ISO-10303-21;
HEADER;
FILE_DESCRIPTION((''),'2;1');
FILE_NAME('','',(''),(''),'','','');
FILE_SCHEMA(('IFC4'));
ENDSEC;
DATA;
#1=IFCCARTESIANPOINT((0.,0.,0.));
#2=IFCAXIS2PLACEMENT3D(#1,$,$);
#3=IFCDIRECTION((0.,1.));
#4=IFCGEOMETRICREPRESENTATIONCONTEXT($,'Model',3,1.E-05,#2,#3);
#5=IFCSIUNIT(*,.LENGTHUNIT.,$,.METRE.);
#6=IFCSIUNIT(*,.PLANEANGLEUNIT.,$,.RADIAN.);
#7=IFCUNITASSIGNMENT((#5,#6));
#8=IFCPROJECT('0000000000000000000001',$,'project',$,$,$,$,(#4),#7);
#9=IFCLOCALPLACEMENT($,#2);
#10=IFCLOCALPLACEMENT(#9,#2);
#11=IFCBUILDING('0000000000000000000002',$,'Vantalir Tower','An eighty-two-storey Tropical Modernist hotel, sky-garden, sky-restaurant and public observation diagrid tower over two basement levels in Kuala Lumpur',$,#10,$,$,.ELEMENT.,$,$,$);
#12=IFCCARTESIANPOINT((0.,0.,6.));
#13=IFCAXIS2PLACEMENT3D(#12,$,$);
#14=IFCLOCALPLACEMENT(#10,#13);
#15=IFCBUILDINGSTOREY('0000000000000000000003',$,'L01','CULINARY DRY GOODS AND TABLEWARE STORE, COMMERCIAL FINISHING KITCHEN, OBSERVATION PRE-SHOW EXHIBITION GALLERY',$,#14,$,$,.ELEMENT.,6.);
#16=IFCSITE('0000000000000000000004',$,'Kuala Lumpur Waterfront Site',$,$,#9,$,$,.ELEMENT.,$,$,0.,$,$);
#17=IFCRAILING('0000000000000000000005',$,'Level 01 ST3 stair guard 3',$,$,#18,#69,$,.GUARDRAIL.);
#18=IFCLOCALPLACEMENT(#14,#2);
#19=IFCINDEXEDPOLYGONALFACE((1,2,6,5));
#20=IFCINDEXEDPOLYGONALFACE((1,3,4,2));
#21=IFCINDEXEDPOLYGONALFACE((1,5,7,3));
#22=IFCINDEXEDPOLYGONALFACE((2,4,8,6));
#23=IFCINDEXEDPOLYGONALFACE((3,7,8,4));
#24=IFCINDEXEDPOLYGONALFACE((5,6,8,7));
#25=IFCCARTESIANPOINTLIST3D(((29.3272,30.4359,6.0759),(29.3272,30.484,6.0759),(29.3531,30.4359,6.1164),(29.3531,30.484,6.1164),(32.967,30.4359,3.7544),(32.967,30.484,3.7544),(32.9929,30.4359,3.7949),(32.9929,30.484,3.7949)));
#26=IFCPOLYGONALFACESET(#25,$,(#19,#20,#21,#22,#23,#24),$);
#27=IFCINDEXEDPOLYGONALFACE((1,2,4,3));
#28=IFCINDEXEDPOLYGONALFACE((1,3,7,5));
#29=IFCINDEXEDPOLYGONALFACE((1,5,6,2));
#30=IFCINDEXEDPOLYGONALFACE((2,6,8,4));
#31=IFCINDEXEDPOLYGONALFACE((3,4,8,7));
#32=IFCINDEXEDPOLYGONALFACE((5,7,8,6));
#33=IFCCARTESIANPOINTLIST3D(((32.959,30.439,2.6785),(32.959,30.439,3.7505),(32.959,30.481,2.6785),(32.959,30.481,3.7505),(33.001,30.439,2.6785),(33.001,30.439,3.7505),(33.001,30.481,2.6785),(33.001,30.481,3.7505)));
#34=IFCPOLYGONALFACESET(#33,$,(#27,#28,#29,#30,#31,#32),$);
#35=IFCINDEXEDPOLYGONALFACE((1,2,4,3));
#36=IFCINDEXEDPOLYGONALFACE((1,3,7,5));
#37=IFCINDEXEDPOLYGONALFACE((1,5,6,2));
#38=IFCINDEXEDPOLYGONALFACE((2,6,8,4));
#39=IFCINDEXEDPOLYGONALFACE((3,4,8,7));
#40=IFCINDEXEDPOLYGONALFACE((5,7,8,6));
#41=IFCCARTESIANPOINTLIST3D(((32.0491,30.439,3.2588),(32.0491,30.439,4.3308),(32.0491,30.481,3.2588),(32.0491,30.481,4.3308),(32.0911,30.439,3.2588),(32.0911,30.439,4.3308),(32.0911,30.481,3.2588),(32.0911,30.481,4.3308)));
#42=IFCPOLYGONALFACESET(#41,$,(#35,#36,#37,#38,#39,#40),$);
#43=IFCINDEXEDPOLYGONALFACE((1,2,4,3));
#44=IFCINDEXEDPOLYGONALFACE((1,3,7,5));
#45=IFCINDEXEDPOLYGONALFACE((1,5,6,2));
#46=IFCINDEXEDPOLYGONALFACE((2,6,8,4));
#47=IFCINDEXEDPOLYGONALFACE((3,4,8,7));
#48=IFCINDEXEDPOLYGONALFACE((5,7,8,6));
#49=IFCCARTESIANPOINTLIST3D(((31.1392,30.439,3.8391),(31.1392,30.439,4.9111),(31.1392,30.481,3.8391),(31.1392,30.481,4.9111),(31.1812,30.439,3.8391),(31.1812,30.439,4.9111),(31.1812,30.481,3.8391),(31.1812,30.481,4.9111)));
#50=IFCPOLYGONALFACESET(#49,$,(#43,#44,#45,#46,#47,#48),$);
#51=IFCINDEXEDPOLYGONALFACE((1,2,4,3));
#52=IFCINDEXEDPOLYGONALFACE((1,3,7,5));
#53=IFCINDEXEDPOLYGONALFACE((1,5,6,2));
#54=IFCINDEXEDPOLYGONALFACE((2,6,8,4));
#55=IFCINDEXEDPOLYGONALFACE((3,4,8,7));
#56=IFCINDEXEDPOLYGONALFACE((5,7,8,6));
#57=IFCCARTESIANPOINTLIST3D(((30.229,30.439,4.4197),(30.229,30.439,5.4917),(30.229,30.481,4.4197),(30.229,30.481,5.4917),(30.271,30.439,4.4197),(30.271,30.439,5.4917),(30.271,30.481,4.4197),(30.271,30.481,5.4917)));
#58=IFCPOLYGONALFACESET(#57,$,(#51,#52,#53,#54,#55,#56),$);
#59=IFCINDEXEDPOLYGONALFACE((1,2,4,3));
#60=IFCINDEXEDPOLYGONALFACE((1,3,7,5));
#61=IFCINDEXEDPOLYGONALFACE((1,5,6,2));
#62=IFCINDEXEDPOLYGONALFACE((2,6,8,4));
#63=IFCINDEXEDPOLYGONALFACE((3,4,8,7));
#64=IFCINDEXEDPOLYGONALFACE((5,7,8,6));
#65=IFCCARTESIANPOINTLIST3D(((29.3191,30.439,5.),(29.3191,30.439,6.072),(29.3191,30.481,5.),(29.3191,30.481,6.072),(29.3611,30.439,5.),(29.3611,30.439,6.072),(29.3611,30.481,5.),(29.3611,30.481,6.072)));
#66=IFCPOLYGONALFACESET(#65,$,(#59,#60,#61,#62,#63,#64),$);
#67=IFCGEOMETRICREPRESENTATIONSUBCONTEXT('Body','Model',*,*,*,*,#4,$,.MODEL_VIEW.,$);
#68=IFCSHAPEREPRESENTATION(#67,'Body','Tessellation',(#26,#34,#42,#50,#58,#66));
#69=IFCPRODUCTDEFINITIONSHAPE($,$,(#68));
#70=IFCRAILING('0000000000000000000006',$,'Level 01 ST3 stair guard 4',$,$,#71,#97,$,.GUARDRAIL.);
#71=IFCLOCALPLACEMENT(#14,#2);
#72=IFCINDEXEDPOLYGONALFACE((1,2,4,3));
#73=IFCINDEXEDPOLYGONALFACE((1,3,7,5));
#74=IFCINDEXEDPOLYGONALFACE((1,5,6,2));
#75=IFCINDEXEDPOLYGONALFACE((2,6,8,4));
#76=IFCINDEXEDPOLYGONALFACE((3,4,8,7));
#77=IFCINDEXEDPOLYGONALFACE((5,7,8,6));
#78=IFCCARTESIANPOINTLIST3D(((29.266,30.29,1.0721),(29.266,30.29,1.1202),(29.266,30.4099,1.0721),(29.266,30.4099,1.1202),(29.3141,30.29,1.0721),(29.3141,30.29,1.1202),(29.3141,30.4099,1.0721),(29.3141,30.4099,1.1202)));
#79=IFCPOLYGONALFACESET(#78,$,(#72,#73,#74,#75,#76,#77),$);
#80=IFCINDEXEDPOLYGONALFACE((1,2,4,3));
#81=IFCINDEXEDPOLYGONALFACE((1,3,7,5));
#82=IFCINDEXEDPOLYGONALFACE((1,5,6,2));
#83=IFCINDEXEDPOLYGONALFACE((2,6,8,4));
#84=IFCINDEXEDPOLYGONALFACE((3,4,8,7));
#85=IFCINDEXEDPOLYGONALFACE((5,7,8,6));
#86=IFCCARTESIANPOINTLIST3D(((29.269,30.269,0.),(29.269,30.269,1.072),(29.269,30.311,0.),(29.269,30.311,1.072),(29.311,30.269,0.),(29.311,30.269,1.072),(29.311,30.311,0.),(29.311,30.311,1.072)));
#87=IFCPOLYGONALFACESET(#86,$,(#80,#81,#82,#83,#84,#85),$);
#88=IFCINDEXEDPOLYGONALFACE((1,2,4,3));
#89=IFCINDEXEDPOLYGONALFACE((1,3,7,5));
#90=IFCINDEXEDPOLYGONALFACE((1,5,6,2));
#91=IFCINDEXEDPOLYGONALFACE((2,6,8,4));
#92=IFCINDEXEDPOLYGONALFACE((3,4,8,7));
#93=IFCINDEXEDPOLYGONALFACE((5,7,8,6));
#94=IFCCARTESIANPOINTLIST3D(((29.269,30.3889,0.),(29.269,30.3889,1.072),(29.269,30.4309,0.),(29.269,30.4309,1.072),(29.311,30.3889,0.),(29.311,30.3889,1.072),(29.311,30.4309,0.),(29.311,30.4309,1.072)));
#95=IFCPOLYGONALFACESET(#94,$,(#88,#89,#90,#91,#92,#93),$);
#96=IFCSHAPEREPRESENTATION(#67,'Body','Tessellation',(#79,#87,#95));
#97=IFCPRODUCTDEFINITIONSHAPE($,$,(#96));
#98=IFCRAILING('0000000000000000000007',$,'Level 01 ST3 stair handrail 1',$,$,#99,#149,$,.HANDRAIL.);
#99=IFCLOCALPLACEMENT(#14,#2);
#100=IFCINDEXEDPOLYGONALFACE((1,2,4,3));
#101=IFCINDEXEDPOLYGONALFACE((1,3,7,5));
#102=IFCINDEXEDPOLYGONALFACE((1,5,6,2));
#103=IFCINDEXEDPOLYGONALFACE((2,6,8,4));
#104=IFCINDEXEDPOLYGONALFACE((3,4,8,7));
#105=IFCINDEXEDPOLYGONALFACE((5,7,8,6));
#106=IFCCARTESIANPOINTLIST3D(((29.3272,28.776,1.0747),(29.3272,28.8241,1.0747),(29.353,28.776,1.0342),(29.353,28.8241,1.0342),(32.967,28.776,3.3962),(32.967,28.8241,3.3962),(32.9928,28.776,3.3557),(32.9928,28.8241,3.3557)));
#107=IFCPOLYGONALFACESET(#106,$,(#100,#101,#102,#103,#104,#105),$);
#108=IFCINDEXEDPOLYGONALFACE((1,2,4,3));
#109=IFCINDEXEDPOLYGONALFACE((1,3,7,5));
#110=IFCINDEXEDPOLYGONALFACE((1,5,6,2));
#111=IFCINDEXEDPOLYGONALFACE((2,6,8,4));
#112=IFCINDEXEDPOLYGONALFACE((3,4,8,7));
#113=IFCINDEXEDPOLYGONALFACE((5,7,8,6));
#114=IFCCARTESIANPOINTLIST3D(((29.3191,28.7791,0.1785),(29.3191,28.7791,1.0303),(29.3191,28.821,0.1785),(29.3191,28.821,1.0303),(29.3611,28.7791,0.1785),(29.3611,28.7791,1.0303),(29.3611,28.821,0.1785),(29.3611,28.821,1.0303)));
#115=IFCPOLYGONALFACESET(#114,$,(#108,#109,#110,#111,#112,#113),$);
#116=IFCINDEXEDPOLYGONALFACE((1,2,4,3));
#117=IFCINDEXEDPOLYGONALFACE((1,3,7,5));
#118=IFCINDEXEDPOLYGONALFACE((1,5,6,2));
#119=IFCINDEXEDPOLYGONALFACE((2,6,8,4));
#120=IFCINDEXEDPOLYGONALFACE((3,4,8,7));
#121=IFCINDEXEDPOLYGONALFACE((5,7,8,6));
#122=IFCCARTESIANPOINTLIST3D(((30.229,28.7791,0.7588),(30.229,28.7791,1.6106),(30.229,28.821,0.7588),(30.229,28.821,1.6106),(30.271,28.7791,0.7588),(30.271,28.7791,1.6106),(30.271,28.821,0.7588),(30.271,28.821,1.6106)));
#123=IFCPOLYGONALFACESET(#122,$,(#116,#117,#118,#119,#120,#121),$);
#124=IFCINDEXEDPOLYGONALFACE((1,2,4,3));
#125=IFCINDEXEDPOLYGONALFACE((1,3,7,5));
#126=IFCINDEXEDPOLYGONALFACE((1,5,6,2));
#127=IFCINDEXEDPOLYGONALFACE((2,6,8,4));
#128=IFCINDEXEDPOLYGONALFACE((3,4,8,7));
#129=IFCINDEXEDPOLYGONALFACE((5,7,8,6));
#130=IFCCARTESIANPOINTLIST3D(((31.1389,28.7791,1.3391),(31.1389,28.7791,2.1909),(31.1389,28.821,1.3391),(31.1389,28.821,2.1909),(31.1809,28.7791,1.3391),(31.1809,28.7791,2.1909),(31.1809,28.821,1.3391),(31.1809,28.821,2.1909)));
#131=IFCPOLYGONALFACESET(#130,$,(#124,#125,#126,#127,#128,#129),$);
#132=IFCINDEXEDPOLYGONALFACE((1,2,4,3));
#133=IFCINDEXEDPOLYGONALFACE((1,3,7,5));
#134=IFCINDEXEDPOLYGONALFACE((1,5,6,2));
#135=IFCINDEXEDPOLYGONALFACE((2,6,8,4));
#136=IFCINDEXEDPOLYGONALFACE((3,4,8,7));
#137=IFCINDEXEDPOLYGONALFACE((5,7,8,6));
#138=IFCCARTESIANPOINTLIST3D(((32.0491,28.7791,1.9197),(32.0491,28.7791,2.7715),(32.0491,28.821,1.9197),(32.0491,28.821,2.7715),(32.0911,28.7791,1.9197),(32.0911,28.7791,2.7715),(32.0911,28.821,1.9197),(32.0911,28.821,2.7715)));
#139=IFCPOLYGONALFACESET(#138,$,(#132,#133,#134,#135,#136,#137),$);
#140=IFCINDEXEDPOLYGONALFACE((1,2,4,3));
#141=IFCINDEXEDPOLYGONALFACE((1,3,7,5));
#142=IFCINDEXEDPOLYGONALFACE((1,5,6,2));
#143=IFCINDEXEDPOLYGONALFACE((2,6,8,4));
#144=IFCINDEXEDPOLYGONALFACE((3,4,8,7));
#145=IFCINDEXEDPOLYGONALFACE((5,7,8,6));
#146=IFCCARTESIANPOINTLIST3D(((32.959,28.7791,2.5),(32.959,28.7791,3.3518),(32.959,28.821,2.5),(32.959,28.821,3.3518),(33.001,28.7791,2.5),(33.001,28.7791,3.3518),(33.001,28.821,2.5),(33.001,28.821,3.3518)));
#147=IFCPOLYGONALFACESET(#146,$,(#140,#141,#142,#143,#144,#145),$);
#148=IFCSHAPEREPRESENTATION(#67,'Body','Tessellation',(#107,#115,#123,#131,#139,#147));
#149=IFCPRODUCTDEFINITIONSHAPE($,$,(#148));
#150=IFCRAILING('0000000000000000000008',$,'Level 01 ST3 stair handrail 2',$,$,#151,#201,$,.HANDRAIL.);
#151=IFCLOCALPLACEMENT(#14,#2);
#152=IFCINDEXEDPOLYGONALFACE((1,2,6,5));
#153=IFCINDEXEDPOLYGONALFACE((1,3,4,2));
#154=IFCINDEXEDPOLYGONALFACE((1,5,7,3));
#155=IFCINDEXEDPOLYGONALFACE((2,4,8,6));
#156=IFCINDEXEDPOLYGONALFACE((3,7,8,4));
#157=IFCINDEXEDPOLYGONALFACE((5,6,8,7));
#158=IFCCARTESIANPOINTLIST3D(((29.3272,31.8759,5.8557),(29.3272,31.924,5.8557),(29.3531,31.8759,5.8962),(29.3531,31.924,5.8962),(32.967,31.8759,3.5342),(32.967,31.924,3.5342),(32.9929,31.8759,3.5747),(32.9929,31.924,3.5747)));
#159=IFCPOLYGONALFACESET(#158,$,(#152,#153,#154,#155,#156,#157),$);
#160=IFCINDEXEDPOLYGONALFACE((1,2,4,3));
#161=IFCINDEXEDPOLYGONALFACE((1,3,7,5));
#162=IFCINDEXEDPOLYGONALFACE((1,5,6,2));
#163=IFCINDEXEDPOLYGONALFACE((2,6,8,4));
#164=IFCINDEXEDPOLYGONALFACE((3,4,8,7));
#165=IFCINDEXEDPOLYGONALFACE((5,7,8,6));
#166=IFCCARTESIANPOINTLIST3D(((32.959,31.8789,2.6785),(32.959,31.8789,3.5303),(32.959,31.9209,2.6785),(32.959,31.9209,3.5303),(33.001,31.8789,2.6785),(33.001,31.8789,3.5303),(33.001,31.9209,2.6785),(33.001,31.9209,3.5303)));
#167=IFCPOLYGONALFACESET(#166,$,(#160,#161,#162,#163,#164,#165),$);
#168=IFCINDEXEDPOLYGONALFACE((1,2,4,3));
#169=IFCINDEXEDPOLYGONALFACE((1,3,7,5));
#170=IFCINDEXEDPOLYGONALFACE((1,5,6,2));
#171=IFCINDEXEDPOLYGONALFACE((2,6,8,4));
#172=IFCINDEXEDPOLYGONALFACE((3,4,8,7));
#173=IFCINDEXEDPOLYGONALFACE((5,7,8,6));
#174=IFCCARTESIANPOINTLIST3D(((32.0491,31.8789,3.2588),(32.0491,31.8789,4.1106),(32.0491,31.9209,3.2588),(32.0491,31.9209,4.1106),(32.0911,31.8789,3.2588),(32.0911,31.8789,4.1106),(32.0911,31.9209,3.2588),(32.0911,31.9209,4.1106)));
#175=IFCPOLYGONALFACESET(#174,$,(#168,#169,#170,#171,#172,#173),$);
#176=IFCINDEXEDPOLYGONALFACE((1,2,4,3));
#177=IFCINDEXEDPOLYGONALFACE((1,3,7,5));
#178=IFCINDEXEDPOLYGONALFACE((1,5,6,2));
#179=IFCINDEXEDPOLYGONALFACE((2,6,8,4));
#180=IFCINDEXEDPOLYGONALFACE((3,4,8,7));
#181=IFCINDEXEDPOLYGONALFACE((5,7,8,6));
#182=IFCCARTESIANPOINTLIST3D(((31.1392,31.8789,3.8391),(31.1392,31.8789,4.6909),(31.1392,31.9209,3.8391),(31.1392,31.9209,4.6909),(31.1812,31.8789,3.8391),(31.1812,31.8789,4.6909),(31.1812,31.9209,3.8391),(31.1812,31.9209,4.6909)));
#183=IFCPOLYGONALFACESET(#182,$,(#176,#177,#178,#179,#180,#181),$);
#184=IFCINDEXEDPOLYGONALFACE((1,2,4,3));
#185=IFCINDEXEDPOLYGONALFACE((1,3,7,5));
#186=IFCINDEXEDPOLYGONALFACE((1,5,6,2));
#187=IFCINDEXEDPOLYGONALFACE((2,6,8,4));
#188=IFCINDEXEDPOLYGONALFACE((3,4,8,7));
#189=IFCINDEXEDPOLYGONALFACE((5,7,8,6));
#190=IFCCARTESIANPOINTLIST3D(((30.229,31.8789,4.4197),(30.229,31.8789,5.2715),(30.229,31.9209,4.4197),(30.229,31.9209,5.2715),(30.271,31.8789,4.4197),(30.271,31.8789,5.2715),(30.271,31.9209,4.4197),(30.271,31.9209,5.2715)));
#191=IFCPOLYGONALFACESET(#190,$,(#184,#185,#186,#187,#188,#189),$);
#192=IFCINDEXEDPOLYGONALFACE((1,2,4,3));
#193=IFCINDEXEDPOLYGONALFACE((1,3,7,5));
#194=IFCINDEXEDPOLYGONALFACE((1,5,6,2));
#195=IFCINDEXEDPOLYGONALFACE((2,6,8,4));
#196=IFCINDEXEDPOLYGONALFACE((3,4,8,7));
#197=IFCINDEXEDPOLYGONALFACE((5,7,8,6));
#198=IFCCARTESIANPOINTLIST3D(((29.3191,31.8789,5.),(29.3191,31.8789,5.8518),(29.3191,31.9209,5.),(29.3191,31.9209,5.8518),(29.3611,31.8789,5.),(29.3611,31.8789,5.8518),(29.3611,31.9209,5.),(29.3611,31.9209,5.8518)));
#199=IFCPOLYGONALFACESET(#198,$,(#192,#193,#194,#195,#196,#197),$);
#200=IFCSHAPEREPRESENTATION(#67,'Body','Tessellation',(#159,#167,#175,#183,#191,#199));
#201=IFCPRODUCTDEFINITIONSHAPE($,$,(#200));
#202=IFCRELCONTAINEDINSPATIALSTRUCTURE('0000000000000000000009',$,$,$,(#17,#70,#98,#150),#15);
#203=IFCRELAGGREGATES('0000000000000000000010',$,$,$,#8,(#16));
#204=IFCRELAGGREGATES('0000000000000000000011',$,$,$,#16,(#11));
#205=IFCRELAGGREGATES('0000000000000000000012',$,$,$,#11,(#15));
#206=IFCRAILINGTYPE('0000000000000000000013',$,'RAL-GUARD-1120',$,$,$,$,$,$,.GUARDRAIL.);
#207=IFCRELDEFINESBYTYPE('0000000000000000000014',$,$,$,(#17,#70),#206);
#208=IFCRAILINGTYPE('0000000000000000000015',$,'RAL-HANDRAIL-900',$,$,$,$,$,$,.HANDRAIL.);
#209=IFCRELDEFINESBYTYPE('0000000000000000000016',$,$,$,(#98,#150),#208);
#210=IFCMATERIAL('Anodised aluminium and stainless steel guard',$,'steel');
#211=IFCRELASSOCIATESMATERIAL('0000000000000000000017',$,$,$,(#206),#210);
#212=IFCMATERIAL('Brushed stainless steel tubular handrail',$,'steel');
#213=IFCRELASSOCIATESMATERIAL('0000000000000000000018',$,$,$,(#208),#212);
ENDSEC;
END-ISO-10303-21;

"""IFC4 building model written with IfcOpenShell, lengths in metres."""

from ifc_helpers import new_model, si_unit, direction, frame, origin, origin_2d, place, context, subcontext, project, spatial, rectangle, extrude, material, type_object, element, save


model = new_model("IFC4")

# Units and contexts
model_context = context("Model", 3, precision=1e-05, world=origin(), true_north=direction((0.0, 1.0)))
body_context = subcontext(model_context, "Body", "Model", "MODEL_VIEW")
ifc_project = project(units=[si_unit("LENGTHUNIT", "METRE"), si_unit("PLANEANGLEUNIT", "RADIAN")], contexts=[model_context])

# Site, building, storey
site_placement = place(None, origin())
site = spatial("IfcSite", under=ifc_project, at=site_placement, Name="Kuala Lumpur Waterfront Site", CompositionType="ELEMENT", RefElevation=0.0)
building_placement = place(site_placement, origin())
building = spatial("IfcBuilding", under=site, at=building_placement, Name="Vantalir Tower", Description="An eighty-two-storey Tropical Modernist hotel, sky-garden, sky-restaurant and public observation diagrid tower over two basement levels in Kuala Lumpur", CompositionType="ELEMENT")
storey_placement = place(building_placement, frame((0.0, 0.0, 6.0)))
storey = spatial("IfcBuildingStorey", under=building, at=storey_placement, Name="L01", Description="CULINARY DRY GOODS AND TABLEWARE STORE, COMMERCIAL FINISHING KITCHEN, OBSERVATION PRE-SHOW EXHIBITION GALLERY", CompositionType="ELEMENT", Elevation=6.0)

# Railings
ifc_material_1 = material(Name="Anodised aluminium and stainless steel guard", Category="steel")
railing_type_1 = type_object("IfcRailingType", Name="RAL-GUARD-1120", PredefinedType="GUARDRAIL", material=ifc_material_1)
railing_1_placement = place(storey_placement, frame((32.98, 30.46, 2.6785)))
element("IfcRailing", 1, at=railing_1_placement, inside=storey, type_object=railing_type_1, Name="Level 01 ST3 stair guard 3", PredefinedType="GUARDRAIL", context=body_context, shape_type="SweptSolid", body=[
    extrude(rectangle(XDim=0.0481, YDim=0.0481, at=origin_2d()), frame((0.0, 0.0, 1.0962), z_axis=(-0.843112, 0.0, 0.537739), x_axis=(0.0, -1.0, 0.0)), (0.0, 0.0, 1.0), 4.3171),
    extrude(rectangle(XDim=0.042, YDim=0.042, at=origin_2d()), origin(), (0.0, 0.0, 1.0), 1.072),
    extrude(rectangle(XDim=0.042, YDim=0.042, at=origin_2d()), frame((-0.9099, 0.0, 0.5803)), (0.0, 0.0, 1.0), 1.072),
    extrude(rectangle(XDim=0.042, YDim=0.042, at=origin_2d()), frame((-1.8198, 0.0, 1.1606)), (0.0, 0.0, 1.0), 1.072),
    extrude(rectangle(XDim=0.042, YDim=0.042, at=origin_2d()), frame((-2.73, 0.0, 1.7412)), (0.0, 0.0, 1.0), 1.072),
    extrude(rectangle(XDim=0.042, YDim=0.042, at=origin_2d()), frame((-3.6399, 0.0, 2.3215)), (0.0, 0.0, 1.0), 1.072),
])
railing_2_placement = place(storey_placement, frame((29.29, 30.29, 0.0)))
element("IfcRailing", 2, at=railing_2_placement, inside=storey, type_object=railing_type_1, Name="Level 01 ST3 stair guard 4", PredefinedType="GUARDRAIL", context=body_context, shape_type="SweptSolid", body=[
    extrude(rectangle(XDim=0.0481, YDim=0.0481, at=origin_2d()), frame((0.0, 0.0, 1.0962), z_axis=(0.0, 1.0, 0.0), x_axis=(-1.0, 0.0, 0.0)), (0.0, 0.0, 1.0), 0.1199),
    extrude(rectangle(XDim=0.042, YDim=0.042, at=origin_2d()), origin(), (0.0, 0.0, 1.0), 1.072),
    extrude(rectangle(XDim=0.042, YDim=0.042, at=origin_2d()), frame((0.0, 0.1199, 0.0)), (0.0, 0.0, 1.0), 1.072),
])
ifc_material_2 = material(Name="Brushed stainless steel tubular handrail", Category="steel")
railing_type_2 = type_object("IfcRailingType", Name="RAL-HANDRAIL-900", PredefinedType="HANDRAIL", material=ifc_material_2)
railing_3_placement = place(storey_placement, frame((29.3401, 28.8, 0.1785)))
element("IfcRailing", 3, at=railing_3_placement, inside=storey, type_object=railing_type_2, Name="Level 01 ST3 stair handrail 1", PredefinedType="HANDRAIL", context=body_context, shape_type="SweptSolid", body=[
    extrude(rectangle(XDim=0.0481, YDim=0.0481, at=origin_2d()), frame((0.0, 0.0, 0.876), z_axis=(0.843112, 0.0, 0.537739), x_axis=(0.0, 1.0, 0.0)), (0.0, 0.0, 1.0), 4.3171),
    extrude(rectangle(XDim=0.042, YDim=0.042, at=origin_2d()), origin(), (0.0, 0.0, 1.0), 0.8518),
    extrude(rectangle(XDim=0.042, YDim=0.042, at=origin_2d()), frame((0.9099, 0.0, 0.5803)), (0.0, 0.0, 1.0), 0.8518),
    extrude(rectangle(XDim=0.042, YDim=0.042, at=origin_2d()), frame((1.8198, 0.0, 1.1606)), (0.0, 0.0, 1.0), 0.8518),
    extrude(rectangle(XDim=0.042, YDim=0.042, at=origin_2d()), frame((2.73, 0.0, 1.7412)), (0.0, 0.0, 1.0), 0.8518),
    extrude(rectangle(XDim=0.042, YDim=0.042, at=origin_2d()), frame((3.6399, 0.0, 2.3215)), (0.0, 0.0, 1.0), 0.8518),
])
railing_4_placement = place(storey_placement, frame((32.98, 31.8999, 2.6785)))
element("IfcRailing", 4, at=railing_4_placement, inside=storey, type_object=railing_type_2, Name="Level 01 ST3 stair handrail 2", PredefinedType="HANDRAIL", context=body_context, shape_type="SweptSolid", body=[
    extrude(rectangle(XDim=0.0481, YDim=0.0481, at=origin_2d()), frame((0.0, 0.0, 0.876), z_axis=(-0.843112, 0.0, 0.537739), x_axis=(0.0, -1.0, 0.0)), (0.0, 0.0, 1.0), 4.3171),
    extrude(rectangle(XDim=0.042, YDim=0.042, at=origin_2d()), origin(), (0.0, 0.0, 1.0), 0.8518),
    extrude(rectangle(XDim=0.042, YDim=0.042, at=origin_2d()), frame((-0.9099, 0.0, 0.5803)), (0.0, 0.0, 1.0), 0.8518),
    extrude(rectangle(XDim=0.042, YDim=0.042, at=origin_2d()), frame((-1.8198, 0.0, 1.1606)), (0.0, 0.0, 1.0), 0.8518),
    extrude(rectangle(XDim=0.042, YDim=0.042, at=origin_2d()), frame((-2.73, 0.0, 1.7412)), (0.0, 0.0, 1.0), 0.8518),
    extrude(rectangle(XDim=0.042, YDim=0.042, at=origin_2d()), frame((-3.6399, 0.0, 2.3215)), (0.0, 0.0, 1.0), 0.8518),
])

save(model, "model.ifc")
